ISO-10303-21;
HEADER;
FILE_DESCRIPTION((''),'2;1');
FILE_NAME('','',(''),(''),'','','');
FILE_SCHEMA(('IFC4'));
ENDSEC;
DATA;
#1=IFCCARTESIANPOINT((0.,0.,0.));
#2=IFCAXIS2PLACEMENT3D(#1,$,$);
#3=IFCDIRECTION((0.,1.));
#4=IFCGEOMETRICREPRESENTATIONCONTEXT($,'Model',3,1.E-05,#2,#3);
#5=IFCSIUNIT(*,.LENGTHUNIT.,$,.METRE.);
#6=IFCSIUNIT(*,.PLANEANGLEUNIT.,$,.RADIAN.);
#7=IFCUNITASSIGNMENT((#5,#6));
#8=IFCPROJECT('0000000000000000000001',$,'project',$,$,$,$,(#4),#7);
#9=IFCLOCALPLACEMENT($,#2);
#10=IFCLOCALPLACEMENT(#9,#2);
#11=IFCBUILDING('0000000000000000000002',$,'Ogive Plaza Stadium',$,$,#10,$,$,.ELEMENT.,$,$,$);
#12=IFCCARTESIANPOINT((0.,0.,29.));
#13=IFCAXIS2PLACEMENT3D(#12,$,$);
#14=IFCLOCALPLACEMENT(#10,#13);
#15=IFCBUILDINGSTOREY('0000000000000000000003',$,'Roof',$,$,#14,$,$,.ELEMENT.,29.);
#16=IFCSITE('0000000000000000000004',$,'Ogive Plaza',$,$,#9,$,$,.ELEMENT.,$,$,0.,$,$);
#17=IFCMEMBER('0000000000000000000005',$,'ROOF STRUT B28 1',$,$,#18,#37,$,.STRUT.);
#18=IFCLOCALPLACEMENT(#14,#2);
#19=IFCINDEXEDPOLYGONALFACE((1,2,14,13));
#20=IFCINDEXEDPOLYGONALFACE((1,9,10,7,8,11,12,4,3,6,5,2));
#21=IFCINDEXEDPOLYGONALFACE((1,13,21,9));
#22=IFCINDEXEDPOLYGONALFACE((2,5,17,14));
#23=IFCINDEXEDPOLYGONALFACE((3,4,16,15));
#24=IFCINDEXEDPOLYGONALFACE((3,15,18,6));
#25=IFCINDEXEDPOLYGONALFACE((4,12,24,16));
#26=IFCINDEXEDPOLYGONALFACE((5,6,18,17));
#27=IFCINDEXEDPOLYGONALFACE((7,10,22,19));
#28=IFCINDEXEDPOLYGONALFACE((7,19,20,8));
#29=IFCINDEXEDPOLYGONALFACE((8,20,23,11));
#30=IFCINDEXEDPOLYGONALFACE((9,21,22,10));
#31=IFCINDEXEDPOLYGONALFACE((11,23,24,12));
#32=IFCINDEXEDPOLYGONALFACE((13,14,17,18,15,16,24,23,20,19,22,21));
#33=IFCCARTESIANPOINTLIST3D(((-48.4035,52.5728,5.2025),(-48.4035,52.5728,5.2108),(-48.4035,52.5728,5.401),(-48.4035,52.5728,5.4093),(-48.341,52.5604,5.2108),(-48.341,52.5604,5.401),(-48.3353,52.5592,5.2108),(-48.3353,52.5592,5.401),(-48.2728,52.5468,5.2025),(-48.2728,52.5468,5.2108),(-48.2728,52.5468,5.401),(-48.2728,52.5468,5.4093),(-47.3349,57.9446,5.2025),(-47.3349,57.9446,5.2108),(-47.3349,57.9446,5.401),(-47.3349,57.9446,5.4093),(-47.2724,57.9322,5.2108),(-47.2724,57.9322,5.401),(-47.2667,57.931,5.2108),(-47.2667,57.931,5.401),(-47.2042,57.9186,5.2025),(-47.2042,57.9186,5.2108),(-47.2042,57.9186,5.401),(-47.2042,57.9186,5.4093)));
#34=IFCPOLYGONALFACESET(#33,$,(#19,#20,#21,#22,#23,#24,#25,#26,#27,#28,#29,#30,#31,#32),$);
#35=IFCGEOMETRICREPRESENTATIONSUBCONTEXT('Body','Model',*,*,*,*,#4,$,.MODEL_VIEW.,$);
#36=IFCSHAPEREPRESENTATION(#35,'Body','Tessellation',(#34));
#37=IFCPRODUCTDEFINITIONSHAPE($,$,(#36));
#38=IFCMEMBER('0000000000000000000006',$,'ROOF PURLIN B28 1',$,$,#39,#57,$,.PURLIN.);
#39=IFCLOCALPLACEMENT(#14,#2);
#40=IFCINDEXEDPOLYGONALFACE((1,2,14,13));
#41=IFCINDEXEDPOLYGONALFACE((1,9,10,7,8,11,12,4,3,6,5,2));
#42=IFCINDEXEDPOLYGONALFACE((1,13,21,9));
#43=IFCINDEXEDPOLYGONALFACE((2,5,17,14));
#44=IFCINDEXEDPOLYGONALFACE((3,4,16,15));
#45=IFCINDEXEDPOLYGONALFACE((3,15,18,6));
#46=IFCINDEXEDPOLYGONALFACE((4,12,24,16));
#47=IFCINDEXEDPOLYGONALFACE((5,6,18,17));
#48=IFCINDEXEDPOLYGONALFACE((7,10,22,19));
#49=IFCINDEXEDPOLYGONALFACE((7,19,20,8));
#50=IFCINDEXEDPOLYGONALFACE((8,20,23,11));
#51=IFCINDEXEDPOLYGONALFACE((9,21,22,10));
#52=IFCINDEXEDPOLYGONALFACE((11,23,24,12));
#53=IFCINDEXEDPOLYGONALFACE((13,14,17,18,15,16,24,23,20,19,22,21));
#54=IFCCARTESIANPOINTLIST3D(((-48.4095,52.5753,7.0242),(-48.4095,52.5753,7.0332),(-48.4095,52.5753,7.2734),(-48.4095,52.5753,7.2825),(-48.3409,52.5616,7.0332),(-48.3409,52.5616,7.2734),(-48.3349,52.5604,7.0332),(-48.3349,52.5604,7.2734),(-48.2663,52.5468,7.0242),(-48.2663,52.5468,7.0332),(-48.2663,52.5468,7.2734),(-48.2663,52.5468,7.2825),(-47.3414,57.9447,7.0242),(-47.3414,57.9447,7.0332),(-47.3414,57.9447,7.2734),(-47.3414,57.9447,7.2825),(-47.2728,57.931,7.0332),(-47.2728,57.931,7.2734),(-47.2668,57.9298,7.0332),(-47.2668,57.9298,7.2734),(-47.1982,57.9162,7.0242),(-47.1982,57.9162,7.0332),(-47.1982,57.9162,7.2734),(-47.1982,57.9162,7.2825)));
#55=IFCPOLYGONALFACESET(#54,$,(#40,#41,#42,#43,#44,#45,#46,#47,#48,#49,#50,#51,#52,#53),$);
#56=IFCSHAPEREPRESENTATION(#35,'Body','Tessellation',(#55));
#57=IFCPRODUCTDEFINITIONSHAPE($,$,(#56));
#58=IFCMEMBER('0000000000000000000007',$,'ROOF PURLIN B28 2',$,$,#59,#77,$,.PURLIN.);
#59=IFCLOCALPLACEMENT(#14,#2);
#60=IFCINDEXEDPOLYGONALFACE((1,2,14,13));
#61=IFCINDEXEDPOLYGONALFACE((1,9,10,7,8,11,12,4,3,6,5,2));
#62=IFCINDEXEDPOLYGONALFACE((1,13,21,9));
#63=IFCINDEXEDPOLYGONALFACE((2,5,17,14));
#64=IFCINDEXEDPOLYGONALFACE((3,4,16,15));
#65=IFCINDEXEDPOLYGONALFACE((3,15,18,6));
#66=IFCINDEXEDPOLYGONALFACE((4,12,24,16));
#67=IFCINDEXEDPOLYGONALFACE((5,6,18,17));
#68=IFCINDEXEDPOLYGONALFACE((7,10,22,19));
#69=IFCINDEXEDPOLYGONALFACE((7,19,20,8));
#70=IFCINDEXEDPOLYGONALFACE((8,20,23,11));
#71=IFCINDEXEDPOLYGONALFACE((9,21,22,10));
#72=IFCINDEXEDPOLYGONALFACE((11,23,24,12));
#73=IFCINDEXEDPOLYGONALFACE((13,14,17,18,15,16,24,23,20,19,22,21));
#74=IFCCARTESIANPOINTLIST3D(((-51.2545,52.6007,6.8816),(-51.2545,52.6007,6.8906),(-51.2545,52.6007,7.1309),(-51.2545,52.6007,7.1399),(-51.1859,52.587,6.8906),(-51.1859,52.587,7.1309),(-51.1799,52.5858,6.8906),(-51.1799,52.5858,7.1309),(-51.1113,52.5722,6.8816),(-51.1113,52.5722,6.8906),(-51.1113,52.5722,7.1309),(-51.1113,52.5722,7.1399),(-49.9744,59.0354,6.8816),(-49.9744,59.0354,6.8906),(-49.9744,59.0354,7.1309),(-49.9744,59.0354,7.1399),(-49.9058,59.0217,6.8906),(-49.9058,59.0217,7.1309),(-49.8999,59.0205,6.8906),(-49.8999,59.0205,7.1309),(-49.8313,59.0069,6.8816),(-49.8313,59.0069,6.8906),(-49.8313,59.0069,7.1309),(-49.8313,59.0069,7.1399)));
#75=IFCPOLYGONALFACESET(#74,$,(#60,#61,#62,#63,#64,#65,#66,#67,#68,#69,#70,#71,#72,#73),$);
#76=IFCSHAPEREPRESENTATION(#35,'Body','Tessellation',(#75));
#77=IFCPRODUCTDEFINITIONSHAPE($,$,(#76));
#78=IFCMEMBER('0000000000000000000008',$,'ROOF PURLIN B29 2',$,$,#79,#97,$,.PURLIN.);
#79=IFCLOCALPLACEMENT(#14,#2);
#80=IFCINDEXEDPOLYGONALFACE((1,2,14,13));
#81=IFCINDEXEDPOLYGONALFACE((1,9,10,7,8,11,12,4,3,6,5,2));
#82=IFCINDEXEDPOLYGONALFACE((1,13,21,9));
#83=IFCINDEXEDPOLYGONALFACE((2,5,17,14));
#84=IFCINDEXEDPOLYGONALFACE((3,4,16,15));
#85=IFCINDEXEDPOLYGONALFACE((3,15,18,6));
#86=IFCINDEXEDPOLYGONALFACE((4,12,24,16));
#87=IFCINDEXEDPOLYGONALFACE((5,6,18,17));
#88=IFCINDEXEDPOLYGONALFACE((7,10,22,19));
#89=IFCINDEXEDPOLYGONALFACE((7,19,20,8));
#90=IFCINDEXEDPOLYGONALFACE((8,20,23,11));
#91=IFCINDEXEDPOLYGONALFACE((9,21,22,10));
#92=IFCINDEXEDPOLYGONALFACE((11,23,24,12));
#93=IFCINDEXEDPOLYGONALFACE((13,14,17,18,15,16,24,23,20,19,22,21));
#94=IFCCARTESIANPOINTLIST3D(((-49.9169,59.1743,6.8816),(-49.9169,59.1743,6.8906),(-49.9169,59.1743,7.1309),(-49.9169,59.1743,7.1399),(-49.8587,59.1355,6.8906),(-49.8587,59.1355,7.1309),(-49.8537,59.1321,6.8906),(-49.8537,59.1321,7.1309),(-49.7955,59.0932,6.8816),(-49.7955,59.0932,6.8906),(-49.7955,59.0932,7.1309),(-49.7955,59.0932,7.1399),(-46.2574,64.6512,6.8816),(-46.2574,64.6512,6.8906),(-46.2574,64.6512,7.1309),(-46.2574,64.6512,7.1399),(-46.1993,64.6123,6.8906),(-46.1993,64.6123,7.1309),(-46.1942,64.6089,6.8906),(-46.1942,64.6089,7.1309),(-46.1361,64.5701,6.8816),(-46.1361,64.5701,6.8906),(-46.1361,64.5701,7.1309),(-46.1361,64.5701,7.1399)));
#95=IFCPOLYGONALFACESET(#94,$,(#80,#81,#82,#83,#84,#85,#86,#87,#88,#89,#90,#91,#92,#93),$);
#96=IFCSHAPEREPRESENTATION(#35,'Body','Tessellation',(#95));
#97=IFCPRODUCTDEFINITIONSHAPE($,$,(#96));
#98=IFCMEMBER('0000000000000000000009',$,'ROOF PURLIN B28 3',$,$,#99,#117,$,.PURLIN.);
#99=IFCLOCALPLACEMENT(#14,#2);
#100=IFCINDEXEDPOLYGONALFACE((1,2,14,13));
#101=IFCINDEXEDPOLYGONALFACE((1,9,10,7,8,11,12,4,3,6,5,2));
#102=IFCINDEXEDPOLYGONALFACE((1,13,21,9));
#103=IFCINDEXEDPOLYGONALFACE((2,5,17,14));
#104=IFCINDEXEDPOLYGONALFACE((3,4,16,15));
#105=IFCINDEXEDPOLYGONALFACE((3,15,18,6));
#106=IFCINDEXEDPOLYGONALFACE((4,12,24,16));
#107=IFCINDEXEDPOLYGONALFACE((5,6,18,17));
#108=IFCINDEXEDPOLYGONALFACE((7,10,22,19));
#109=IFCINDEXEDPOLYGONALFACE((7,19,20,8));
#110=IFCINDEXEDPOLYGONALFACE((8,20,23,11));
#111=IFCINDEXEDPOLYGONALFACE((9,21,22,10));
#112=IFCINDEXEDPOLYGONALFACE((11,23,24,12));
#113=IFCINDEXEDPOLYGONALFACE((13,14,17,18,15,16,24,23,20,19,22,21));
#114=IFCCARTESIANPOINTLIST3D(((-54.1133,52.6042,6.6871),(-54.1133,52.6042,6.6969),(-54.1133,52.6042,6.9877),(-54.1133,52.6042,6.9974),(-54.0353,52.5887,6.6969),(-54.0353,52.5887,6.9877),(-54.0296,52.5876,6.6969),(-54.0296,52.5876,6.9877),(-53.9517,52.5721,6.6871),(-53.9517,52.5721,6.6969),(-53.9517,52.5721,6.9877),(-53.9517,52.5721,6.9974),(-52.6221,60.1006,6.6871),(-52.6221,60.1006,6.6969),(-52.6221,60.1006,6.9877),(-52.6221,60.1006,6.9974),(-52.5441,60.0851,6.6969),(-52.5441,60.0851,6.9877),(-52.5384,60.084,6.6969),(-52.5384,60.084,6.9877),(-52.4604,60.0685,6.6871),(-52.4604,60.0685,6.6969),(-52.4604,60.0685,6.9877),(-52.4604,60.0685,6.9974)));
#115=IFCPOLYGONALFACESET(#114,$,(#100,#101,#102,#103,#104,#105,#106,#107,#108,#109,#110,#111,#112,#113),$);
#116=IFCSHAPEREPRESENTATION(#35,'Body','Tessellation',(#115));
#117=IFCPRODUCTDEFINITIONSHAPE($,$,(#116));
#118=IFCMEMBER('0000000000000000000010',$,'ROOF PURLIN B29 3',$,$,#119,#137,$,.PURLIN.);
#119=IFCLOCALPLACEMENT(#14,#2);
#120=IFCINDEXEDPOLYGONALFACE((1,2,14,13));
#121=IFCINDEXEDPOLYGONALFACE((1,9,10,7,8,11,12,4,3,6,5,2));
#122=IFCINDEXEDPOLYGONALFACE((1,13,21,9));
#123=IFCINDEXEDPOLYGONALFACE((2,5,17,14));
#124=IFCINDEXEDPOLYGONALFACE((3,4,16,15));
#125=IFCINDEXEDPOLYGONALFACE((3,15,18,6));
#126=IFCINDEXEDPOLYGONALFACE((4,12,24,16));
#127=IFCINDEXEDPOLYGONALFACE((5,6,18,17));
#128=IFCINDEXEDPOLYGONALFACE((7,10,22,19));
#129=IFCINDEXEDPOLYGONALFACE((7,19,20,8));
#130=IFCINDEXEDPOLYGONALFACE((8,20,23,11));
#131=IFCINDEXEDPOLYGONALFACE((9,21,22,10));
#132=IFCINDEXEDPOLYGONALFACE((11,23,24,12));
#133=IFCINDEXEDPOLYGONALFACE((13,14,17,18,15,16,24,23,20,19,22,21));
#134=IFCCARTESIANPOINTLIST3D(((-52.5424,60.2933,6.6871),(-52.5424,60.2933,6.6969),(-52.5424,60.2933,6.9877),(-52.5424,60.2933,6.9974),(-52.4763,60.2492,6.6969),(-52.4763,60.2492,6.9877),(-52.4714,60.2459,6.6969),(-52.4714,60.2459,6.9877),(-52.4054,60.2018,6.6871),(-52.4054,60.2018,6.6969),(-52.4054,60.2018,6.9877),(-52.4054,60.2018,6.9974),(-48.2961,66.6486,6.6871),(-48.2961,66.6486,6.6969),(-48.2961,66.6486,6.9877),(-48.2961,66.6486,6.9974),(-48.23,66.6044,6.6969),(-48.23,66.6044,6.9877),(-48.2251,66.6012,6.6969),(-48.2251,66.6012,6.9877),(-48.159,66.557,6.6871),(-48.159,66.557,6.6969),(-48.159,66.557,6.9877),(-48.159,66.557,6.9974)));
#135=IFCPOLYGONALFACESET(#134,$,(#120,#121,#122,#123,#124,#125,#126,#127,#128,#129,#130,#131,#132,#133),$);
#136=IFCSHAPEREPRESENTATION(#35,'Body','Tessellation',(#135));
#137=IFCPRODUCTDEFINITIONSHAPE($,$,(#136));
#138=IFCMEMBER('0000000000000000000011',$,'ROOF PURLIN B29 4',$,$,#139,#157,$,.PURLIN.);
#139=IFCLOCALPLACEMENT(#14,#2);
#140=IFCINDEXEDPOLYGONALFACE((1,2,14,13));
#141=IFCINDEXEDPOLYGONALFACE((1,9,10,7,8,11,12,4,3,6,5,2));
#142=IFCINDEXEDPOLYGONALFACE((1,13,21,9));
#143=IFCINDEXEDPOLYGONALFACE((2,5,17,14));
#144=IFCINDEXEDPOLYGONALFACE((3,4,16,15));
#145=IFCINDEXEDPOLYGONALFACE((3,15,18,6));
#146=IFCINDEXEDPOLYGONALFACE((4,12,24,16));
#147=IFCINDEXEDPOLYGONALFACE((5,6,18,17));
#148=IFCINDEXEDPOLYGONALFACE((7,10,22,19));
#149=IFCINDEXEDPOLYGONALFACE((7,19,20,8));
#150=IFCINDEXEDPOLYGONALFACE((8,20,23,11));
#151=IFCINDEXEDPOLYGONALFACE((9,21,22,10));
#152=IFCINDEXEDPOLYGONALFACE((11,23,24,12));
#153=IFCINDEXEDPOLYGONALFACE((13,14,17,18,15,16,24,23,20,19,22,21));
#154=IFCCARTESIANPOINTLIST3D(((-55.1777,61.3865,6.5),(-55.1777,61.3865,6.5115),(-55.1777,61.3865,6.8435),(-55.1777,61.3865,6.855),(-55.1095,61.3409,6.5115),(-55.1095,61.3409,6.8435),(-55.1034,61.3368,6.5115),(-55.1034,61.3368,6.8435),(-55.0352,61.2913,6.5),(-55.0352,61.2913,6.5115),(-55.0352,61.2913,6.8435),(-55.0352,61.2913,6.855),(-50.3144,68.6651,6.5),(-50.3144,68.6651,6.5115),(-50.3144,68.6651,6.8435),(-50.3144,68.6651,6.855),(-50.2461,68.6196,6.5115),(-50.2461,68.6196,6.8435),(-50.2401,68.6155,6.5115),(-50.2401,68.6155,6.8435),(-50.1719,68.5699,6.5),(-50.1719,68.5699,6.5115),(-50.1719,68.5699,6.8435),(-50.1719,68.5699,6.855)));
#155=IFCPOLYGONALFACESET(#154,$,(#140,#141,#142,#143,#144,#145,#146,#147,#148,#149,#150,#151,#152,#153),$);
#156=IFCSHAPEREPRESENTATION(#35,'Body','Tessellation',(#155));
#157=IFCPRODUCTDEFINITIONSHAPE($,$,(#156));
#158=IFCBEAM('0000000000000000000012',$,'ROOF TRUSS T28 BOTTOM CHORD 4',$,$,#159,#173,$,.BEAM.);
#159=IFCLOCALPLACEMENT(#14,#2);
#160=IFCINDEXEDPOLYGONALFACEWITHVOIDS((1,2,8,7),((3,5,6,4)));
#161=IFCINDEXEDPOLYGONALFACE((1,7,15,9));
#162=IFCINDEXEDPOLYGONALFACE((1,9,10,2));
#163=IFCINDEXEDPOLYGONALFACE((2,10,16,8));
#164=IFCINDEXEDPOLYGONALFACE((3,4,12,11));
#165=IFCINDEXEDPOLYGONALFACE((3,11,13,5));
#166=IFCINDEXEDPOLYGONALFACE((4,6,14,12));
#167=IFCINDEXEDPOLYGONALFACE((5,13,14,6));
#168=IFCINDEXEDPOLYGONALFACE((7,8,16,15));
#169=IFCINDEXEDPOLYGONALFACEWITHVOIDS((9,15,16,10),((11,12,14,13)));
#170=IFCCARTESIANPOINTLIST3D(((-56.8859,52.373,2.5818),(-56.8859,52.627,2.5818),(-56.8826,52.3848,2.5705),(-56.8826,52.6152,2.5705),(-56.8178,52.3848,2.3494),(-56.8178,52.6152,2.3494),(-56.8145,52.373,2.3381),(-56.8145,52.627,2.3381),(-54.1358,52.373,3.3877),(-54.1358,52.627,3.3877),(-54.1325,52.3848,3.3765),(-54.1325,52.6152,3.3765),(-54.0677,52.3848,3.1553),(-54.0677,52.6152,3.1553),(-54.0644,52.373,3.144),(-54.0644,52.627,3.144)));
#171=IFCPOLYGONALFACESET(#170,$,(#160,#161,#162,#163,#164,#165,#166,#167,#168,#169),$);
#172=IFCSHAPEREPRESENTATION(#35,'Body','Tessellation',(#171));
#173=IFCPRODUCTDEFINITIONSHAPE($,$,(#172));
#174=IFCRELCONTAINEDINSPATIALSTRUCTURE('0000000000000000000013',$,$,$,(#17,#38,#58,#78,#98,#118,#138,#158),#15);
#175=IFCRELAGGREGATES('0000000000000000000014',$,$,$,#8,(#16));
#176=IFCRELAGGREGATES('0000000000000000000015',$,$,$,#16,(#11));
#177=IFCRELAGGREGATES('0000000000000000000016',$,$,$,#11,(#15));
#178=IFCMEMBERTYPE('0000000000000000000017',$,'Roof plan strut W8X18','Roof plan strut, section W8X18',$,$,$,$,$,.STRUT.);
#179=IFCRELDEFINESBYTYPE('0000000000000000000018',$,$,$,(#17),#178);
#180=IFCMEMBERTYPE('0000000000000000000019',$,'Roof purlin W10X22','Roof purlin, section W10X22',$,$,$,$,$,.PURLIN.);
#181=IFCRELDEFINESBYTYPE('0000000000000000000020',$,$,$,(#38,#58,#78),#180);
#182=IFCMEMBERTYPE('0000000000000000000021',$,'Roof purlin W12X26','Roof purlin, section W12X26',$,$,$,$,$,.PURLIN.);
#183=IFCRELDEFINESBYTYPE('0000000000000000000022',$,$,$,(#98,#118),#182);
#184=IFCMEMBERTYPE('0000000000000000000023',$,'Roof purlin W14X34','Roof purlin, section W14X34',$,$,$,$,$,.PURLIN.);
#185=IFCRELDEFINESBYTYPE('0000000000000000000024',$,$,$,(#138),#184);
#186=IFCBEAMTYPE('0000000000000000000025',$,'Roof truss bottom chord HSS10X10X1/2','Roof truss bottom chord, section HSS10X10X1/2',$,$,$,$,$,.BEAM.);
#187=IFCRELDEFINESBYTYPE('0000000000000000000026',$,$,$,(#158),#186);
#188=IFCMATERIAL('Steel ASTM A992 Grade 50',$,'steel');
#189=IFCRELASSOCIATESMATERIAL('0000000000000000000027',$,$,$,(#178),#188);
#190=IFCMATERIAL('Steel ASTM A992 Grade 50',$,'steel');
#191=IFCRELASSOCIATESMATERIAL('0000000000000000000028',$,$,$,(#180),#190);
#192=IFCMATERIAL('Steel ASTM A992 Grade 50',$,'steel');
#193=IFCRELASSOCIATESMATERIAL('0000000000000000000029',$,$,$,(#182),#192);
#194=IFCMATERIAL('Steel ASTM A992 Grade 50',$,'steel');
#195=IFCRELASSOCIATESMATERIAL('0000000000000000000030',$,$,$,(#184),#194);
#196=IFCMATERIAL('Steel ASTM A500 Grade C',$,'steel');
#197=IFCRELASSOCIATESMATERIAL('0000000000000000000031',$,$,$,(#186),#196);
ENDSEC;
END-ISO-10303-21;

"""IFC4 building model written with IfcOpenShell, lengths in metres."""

from ifc_helpers import new_model, si_unit, direction, frame, origin, origin_2d, place, context, subcontext, project, spatial, hollow_rectangle, i_section, extrude, material, material_profile, profile_set, type_object, element, save


model = new_model("IFC4")

# Units and contexts
model_context = context("Model", 3, precision=1e-05, world=origin(), true_north=direction((0.0, 1.0)))
body_context = subcontext(model_context, "Body", "Model", "MODEL_VIEW")
ifc_project = project(units=[si_unit("LENGTHUNIT", "METRE"), si_unit("PLANEANGLEUNIT", "RADIAN")], contexts=[model_context])

# Site, building, storey
site_placement = place(None, origin())
site = spatial("IfcSite", under=ifc_project, at=site_placement, Name="Ogive Plaza", CompositionType="ELEMENT", RefElevation=0.0)
building_placement = place(site_placement, origin())
building = spatial("IfcBuilding", under=site, at=building_placement, Name="Ogive Plaza Stadium", CompositionType="ELEMENT")
storey_placement = place(building_placement, frame((0.0, 0.0, 29.0)))
storey = spatial("IfcBuildingStorey", under=building, at=storey_placement, Name="Roof", CompositionType="ELEMENT", Elevation=29.0)

# Members
ifc_material_1 = material(Name="Steel ASTM A992 Grade 50", Category="steel")
ifc_material_profile_1 = material_profile(ifc_material_1, i_section(OverallWidth=0.1333, OverallDepth=0.2068, WebThickness=0.0059, FlangeThickness=0.0083, at=origin_2d()), Name="W8X18")
ifc_profile_set_1 = profile_set([ifc_material_profile_1], Name="Steel ASTM A992 Grade 50")
member_type_1 = type_object("IfcMemberType", Name="Roof plan strut W8X18", Description="Roof plan strut, section W8X18", PredefinedType="STRUT", material=ifc_profile_set_1)
member_1_placement = place(storey_placement, frame((-48.3381, 52.5598, 5.3059), z_axis=(0.195105, 0.980782, 0.0), x_axis=(-0.980782, 0.195105, 0.0)))
element("IfcMember", 1, at=member_1_placement, inside=storey, type_object=member_type_1, Name="ROOF STRUT B28 1", PredefinedType="STRUT", context=body_context, shape_type="SweptSolid", body=[
    extrude(i_section(OverallWidth=0.1333, OverallDepth=0.2068, WebThickness=0.0059, FlangeThickness=0.0083, at=origin_2d()), origin(), (0.0, 0.0, 1.0), 5.4771),
])
ifc_material_2 = material(Name="Steel ASTM A992 Grade 50", Category="steel")
ifc_material_profile_2 = material_profile(ifc_material_2, i_section(OverallWidth=0.146, OverallDepth=0.2583, WebThickness=0.0061, FlangeThickness=0.009, at=origin_2d()), Name="W10X22")
ifc_profile_set_2 = profile_set([ifc_material_profile_2], Name="Steel ASTM A992 Grade 50")
member_type_2 = type_object("IfcMemberType", Name="Roof purlin W10X22", Description="Roof purlin, section W10X22", PredefinedType="PURLIN", material=ifc_profile_set_2)
member_2_placement = place(storey_placement, frame((-48.3379, 52.561, 7.1533), z_axis=(0.195104, 0.980783, 0.0), x_axis=(-0.980783, 0.195104, 0.0)))
element("IfcMember", 2, at=member_2_placement, inside=storey, type_object=member_type_2, Name="ROOF PURLIN B28 1", PredefinedType="PURLIN", context=body_context, shape_type="SweptSolid", body=[
    extrude(i_section(OverallWidth=0.146, OverallDepth=0.2583, WebThickness=0.0061, FlangeThickness=0.009, at=origin_2d()), origin(), (0.0, 0.0, 1.0), 5.4746),
])
member_3_placement = place(storey_placement, frame((-51.1829, 52.5864, 7.0107), z_axis=(0.1951, 0.980783, 0.0), x_axis=(-0.980783, 0.1951, 0.0)))
element("IfcMember", 3, at=member_3_placement, inside=storey, type_object=member_type_2, Name="ROOF PURLIN B28 2", PredefinedType="PURLIN", context=body_context, shape_type="SweptSolid", body=[
    extrude(i_section(OverallWidth=0.146, OverallDepth=0.2583, WebThickness=0.0061, FlangeThickness=0.009, at=origin_2d()), origin(), (0.0, 0.0, 1.0), 6.5608),
])
member_4_placement = place(storey_placement, frame((-49.8562, 59.1338, 7.0107), z_axis=(0.555564, 0.831474, 0.0), x_axis=(-0.831474, 0.555564, 0.0)))
element("IfcMember", 4, at=member_4_placement, inside=storey, type_object=member_type_2, Name="ROOF PURLIN B29 2", PredefinedType="PURLIN", context=body_context, shape_type="SweptSolid", body=[
    extrude(i_section(OverallWidth=0.146, OverallDepth=0.2583, WebThickness=0.0061, FlangeThickness=0.009, at=origin_2d()), origin(), (0.0, 0.0, 1.0), 6.5869),
])
ifc_material_3 = material(Name="Steel ASTM A992 Grade 50", Category="steel")
ifc_material_profile_3 = material_profile(ifc_material_3, i_section(OverallWidth=0.1648, OverallDepth=0.3103, WebThickness=0.0059, FlangeThickness=0.0098, at=origin_2d()), Name="W12X26")
ifc_profile_set_3 = profile_set([ifc_material_profile_3], Name="Steel ASTM A992 Grade 50")
member_type_3 = type_object("IfcMemberType", Name="Roof purlin W12X26", Description="Roof purlin, section W12X26", PredefinedType="PURLIN", material=ifc_profile_set_3)
for number, where, z_axis, x_axis, name in (
    (5, (-54.0325, 52.5881, 6.8423), (0.195102, 0.980783, 0.0), (-0.980783, 0.195102, 0.0), "ROOF PURLIN B28 3"),
    (6, (-52.4739, 60.2476, 6.8423), (0.555562, 0.831475, 0.0), (-0.831475, 0.555562, 0.0), "ROOF PURLIN B29 3"),
):
    element("IfcMember", number, at=place(storey_placement, frame(where, z_axis=z_axis, x_axis=x_axis)), inside=storey, type_object=member_type_3, Name=name, PredefinedType="PURLIN", context=body_context, shape_type="SweptSolid", body=[
        extrude(i_section(OverallWidth=0.1648, OverallDepth=0.3103, WebThickness=0.0059, FlangeThickness=0.0098, at=origin_2d()), origin(), (0.0, 0.0, 1.0), 7.6433),
    ])
ifc_material_4 = material(Name="Steel ASTM A992 Grade 50", Category="steel")
ifc_material_profile_4 = material_profile(ifc_material_4, i_section(OverallWidth=0.1714, OverallDepth=0.355, WebThickness=0.0073, FlangeThickness=0.0115, at=origin_2d()), Name="W14X34")
ifc_profile_set_4 = profile_set([ifc_material_profile_4], Name="Steel ASTM A992 Grade 50")
member_type_4 = type_object("IfcMemberType", Name="Roof purlin W14X34", Description="Roof purlin, section W14X34", PredefinedType="PURLIN", material=ifc_profile_set_4)
member_5_placement = place(storey_placement, frame((-55.1064, 61.3389, 6.6775), z_axis=(0.555562, 0.831475, 0.0), x_axis=(-0.831475, 0.555562, 0.0)))
element("IfcMember", 7, at=member_5_placement, inside=storey, type_object=member_type_4, Name="ROOF PURLIN B29 4", PredefinedType="PURLIN", context=body_context, shape_type="SweptSolid", body=[
    extrude(i_section(OverallWidth=0.1714, OverallDepth=0.355, WebThickness=0.0073, FlangeThickness=0.0115, at=origin_2d()), origin(), (0.0, 0.0, 1.0), 8.7539),
])

# Beam
ifc_material_5 = material(Name="Steel ASTM A500 Grade C", Category="steel")
ifc_material_profile_5 = material_profile(ifc_material_5, hollow_rectangle(XDim=0.2539, YDim=0.2539, WallThickness=0.0117, at=origin_2d()), Name="HSS10X10X1/2")
ifc_profile_set_5 = profile_set([ifc_material_profile_5], Name="Steel ASTM A500 Grade C")
beam_type_1 = type_object("IfcBeamType", Name="Roof truss bottom chord HSS10X10X1/2", Description="Roof truss bottom chord, section HSS10X10X1/2", PredefinedType="BEAM", material=ifc_profile_set_5)
beam_1_placement = place(storey_placement, frame((-54.1001, 52.5, 3.2659), z_axis=(-0.95964, 0.0, -0.28123), x_axis=(0.0, -1.0, 0.0)))
element("IfcBeam", 8, at=beam_1_placement, inside=storey, type_object=beam_type_1, Name="ROOF TRUSS T28 BOTTOM CHORD 4", PredefinedType="BEAM", context=body_context, shape_type="SweptSolid", body=[
    extrude(hollow_rectangle(XDim=0.2539, YDim=0.2539, WallThickness=0.0117, at=origin_2d()), origin(), (0.0, 0.0, 1.0), 2.8657),
])

save(model, "model.ifc")
